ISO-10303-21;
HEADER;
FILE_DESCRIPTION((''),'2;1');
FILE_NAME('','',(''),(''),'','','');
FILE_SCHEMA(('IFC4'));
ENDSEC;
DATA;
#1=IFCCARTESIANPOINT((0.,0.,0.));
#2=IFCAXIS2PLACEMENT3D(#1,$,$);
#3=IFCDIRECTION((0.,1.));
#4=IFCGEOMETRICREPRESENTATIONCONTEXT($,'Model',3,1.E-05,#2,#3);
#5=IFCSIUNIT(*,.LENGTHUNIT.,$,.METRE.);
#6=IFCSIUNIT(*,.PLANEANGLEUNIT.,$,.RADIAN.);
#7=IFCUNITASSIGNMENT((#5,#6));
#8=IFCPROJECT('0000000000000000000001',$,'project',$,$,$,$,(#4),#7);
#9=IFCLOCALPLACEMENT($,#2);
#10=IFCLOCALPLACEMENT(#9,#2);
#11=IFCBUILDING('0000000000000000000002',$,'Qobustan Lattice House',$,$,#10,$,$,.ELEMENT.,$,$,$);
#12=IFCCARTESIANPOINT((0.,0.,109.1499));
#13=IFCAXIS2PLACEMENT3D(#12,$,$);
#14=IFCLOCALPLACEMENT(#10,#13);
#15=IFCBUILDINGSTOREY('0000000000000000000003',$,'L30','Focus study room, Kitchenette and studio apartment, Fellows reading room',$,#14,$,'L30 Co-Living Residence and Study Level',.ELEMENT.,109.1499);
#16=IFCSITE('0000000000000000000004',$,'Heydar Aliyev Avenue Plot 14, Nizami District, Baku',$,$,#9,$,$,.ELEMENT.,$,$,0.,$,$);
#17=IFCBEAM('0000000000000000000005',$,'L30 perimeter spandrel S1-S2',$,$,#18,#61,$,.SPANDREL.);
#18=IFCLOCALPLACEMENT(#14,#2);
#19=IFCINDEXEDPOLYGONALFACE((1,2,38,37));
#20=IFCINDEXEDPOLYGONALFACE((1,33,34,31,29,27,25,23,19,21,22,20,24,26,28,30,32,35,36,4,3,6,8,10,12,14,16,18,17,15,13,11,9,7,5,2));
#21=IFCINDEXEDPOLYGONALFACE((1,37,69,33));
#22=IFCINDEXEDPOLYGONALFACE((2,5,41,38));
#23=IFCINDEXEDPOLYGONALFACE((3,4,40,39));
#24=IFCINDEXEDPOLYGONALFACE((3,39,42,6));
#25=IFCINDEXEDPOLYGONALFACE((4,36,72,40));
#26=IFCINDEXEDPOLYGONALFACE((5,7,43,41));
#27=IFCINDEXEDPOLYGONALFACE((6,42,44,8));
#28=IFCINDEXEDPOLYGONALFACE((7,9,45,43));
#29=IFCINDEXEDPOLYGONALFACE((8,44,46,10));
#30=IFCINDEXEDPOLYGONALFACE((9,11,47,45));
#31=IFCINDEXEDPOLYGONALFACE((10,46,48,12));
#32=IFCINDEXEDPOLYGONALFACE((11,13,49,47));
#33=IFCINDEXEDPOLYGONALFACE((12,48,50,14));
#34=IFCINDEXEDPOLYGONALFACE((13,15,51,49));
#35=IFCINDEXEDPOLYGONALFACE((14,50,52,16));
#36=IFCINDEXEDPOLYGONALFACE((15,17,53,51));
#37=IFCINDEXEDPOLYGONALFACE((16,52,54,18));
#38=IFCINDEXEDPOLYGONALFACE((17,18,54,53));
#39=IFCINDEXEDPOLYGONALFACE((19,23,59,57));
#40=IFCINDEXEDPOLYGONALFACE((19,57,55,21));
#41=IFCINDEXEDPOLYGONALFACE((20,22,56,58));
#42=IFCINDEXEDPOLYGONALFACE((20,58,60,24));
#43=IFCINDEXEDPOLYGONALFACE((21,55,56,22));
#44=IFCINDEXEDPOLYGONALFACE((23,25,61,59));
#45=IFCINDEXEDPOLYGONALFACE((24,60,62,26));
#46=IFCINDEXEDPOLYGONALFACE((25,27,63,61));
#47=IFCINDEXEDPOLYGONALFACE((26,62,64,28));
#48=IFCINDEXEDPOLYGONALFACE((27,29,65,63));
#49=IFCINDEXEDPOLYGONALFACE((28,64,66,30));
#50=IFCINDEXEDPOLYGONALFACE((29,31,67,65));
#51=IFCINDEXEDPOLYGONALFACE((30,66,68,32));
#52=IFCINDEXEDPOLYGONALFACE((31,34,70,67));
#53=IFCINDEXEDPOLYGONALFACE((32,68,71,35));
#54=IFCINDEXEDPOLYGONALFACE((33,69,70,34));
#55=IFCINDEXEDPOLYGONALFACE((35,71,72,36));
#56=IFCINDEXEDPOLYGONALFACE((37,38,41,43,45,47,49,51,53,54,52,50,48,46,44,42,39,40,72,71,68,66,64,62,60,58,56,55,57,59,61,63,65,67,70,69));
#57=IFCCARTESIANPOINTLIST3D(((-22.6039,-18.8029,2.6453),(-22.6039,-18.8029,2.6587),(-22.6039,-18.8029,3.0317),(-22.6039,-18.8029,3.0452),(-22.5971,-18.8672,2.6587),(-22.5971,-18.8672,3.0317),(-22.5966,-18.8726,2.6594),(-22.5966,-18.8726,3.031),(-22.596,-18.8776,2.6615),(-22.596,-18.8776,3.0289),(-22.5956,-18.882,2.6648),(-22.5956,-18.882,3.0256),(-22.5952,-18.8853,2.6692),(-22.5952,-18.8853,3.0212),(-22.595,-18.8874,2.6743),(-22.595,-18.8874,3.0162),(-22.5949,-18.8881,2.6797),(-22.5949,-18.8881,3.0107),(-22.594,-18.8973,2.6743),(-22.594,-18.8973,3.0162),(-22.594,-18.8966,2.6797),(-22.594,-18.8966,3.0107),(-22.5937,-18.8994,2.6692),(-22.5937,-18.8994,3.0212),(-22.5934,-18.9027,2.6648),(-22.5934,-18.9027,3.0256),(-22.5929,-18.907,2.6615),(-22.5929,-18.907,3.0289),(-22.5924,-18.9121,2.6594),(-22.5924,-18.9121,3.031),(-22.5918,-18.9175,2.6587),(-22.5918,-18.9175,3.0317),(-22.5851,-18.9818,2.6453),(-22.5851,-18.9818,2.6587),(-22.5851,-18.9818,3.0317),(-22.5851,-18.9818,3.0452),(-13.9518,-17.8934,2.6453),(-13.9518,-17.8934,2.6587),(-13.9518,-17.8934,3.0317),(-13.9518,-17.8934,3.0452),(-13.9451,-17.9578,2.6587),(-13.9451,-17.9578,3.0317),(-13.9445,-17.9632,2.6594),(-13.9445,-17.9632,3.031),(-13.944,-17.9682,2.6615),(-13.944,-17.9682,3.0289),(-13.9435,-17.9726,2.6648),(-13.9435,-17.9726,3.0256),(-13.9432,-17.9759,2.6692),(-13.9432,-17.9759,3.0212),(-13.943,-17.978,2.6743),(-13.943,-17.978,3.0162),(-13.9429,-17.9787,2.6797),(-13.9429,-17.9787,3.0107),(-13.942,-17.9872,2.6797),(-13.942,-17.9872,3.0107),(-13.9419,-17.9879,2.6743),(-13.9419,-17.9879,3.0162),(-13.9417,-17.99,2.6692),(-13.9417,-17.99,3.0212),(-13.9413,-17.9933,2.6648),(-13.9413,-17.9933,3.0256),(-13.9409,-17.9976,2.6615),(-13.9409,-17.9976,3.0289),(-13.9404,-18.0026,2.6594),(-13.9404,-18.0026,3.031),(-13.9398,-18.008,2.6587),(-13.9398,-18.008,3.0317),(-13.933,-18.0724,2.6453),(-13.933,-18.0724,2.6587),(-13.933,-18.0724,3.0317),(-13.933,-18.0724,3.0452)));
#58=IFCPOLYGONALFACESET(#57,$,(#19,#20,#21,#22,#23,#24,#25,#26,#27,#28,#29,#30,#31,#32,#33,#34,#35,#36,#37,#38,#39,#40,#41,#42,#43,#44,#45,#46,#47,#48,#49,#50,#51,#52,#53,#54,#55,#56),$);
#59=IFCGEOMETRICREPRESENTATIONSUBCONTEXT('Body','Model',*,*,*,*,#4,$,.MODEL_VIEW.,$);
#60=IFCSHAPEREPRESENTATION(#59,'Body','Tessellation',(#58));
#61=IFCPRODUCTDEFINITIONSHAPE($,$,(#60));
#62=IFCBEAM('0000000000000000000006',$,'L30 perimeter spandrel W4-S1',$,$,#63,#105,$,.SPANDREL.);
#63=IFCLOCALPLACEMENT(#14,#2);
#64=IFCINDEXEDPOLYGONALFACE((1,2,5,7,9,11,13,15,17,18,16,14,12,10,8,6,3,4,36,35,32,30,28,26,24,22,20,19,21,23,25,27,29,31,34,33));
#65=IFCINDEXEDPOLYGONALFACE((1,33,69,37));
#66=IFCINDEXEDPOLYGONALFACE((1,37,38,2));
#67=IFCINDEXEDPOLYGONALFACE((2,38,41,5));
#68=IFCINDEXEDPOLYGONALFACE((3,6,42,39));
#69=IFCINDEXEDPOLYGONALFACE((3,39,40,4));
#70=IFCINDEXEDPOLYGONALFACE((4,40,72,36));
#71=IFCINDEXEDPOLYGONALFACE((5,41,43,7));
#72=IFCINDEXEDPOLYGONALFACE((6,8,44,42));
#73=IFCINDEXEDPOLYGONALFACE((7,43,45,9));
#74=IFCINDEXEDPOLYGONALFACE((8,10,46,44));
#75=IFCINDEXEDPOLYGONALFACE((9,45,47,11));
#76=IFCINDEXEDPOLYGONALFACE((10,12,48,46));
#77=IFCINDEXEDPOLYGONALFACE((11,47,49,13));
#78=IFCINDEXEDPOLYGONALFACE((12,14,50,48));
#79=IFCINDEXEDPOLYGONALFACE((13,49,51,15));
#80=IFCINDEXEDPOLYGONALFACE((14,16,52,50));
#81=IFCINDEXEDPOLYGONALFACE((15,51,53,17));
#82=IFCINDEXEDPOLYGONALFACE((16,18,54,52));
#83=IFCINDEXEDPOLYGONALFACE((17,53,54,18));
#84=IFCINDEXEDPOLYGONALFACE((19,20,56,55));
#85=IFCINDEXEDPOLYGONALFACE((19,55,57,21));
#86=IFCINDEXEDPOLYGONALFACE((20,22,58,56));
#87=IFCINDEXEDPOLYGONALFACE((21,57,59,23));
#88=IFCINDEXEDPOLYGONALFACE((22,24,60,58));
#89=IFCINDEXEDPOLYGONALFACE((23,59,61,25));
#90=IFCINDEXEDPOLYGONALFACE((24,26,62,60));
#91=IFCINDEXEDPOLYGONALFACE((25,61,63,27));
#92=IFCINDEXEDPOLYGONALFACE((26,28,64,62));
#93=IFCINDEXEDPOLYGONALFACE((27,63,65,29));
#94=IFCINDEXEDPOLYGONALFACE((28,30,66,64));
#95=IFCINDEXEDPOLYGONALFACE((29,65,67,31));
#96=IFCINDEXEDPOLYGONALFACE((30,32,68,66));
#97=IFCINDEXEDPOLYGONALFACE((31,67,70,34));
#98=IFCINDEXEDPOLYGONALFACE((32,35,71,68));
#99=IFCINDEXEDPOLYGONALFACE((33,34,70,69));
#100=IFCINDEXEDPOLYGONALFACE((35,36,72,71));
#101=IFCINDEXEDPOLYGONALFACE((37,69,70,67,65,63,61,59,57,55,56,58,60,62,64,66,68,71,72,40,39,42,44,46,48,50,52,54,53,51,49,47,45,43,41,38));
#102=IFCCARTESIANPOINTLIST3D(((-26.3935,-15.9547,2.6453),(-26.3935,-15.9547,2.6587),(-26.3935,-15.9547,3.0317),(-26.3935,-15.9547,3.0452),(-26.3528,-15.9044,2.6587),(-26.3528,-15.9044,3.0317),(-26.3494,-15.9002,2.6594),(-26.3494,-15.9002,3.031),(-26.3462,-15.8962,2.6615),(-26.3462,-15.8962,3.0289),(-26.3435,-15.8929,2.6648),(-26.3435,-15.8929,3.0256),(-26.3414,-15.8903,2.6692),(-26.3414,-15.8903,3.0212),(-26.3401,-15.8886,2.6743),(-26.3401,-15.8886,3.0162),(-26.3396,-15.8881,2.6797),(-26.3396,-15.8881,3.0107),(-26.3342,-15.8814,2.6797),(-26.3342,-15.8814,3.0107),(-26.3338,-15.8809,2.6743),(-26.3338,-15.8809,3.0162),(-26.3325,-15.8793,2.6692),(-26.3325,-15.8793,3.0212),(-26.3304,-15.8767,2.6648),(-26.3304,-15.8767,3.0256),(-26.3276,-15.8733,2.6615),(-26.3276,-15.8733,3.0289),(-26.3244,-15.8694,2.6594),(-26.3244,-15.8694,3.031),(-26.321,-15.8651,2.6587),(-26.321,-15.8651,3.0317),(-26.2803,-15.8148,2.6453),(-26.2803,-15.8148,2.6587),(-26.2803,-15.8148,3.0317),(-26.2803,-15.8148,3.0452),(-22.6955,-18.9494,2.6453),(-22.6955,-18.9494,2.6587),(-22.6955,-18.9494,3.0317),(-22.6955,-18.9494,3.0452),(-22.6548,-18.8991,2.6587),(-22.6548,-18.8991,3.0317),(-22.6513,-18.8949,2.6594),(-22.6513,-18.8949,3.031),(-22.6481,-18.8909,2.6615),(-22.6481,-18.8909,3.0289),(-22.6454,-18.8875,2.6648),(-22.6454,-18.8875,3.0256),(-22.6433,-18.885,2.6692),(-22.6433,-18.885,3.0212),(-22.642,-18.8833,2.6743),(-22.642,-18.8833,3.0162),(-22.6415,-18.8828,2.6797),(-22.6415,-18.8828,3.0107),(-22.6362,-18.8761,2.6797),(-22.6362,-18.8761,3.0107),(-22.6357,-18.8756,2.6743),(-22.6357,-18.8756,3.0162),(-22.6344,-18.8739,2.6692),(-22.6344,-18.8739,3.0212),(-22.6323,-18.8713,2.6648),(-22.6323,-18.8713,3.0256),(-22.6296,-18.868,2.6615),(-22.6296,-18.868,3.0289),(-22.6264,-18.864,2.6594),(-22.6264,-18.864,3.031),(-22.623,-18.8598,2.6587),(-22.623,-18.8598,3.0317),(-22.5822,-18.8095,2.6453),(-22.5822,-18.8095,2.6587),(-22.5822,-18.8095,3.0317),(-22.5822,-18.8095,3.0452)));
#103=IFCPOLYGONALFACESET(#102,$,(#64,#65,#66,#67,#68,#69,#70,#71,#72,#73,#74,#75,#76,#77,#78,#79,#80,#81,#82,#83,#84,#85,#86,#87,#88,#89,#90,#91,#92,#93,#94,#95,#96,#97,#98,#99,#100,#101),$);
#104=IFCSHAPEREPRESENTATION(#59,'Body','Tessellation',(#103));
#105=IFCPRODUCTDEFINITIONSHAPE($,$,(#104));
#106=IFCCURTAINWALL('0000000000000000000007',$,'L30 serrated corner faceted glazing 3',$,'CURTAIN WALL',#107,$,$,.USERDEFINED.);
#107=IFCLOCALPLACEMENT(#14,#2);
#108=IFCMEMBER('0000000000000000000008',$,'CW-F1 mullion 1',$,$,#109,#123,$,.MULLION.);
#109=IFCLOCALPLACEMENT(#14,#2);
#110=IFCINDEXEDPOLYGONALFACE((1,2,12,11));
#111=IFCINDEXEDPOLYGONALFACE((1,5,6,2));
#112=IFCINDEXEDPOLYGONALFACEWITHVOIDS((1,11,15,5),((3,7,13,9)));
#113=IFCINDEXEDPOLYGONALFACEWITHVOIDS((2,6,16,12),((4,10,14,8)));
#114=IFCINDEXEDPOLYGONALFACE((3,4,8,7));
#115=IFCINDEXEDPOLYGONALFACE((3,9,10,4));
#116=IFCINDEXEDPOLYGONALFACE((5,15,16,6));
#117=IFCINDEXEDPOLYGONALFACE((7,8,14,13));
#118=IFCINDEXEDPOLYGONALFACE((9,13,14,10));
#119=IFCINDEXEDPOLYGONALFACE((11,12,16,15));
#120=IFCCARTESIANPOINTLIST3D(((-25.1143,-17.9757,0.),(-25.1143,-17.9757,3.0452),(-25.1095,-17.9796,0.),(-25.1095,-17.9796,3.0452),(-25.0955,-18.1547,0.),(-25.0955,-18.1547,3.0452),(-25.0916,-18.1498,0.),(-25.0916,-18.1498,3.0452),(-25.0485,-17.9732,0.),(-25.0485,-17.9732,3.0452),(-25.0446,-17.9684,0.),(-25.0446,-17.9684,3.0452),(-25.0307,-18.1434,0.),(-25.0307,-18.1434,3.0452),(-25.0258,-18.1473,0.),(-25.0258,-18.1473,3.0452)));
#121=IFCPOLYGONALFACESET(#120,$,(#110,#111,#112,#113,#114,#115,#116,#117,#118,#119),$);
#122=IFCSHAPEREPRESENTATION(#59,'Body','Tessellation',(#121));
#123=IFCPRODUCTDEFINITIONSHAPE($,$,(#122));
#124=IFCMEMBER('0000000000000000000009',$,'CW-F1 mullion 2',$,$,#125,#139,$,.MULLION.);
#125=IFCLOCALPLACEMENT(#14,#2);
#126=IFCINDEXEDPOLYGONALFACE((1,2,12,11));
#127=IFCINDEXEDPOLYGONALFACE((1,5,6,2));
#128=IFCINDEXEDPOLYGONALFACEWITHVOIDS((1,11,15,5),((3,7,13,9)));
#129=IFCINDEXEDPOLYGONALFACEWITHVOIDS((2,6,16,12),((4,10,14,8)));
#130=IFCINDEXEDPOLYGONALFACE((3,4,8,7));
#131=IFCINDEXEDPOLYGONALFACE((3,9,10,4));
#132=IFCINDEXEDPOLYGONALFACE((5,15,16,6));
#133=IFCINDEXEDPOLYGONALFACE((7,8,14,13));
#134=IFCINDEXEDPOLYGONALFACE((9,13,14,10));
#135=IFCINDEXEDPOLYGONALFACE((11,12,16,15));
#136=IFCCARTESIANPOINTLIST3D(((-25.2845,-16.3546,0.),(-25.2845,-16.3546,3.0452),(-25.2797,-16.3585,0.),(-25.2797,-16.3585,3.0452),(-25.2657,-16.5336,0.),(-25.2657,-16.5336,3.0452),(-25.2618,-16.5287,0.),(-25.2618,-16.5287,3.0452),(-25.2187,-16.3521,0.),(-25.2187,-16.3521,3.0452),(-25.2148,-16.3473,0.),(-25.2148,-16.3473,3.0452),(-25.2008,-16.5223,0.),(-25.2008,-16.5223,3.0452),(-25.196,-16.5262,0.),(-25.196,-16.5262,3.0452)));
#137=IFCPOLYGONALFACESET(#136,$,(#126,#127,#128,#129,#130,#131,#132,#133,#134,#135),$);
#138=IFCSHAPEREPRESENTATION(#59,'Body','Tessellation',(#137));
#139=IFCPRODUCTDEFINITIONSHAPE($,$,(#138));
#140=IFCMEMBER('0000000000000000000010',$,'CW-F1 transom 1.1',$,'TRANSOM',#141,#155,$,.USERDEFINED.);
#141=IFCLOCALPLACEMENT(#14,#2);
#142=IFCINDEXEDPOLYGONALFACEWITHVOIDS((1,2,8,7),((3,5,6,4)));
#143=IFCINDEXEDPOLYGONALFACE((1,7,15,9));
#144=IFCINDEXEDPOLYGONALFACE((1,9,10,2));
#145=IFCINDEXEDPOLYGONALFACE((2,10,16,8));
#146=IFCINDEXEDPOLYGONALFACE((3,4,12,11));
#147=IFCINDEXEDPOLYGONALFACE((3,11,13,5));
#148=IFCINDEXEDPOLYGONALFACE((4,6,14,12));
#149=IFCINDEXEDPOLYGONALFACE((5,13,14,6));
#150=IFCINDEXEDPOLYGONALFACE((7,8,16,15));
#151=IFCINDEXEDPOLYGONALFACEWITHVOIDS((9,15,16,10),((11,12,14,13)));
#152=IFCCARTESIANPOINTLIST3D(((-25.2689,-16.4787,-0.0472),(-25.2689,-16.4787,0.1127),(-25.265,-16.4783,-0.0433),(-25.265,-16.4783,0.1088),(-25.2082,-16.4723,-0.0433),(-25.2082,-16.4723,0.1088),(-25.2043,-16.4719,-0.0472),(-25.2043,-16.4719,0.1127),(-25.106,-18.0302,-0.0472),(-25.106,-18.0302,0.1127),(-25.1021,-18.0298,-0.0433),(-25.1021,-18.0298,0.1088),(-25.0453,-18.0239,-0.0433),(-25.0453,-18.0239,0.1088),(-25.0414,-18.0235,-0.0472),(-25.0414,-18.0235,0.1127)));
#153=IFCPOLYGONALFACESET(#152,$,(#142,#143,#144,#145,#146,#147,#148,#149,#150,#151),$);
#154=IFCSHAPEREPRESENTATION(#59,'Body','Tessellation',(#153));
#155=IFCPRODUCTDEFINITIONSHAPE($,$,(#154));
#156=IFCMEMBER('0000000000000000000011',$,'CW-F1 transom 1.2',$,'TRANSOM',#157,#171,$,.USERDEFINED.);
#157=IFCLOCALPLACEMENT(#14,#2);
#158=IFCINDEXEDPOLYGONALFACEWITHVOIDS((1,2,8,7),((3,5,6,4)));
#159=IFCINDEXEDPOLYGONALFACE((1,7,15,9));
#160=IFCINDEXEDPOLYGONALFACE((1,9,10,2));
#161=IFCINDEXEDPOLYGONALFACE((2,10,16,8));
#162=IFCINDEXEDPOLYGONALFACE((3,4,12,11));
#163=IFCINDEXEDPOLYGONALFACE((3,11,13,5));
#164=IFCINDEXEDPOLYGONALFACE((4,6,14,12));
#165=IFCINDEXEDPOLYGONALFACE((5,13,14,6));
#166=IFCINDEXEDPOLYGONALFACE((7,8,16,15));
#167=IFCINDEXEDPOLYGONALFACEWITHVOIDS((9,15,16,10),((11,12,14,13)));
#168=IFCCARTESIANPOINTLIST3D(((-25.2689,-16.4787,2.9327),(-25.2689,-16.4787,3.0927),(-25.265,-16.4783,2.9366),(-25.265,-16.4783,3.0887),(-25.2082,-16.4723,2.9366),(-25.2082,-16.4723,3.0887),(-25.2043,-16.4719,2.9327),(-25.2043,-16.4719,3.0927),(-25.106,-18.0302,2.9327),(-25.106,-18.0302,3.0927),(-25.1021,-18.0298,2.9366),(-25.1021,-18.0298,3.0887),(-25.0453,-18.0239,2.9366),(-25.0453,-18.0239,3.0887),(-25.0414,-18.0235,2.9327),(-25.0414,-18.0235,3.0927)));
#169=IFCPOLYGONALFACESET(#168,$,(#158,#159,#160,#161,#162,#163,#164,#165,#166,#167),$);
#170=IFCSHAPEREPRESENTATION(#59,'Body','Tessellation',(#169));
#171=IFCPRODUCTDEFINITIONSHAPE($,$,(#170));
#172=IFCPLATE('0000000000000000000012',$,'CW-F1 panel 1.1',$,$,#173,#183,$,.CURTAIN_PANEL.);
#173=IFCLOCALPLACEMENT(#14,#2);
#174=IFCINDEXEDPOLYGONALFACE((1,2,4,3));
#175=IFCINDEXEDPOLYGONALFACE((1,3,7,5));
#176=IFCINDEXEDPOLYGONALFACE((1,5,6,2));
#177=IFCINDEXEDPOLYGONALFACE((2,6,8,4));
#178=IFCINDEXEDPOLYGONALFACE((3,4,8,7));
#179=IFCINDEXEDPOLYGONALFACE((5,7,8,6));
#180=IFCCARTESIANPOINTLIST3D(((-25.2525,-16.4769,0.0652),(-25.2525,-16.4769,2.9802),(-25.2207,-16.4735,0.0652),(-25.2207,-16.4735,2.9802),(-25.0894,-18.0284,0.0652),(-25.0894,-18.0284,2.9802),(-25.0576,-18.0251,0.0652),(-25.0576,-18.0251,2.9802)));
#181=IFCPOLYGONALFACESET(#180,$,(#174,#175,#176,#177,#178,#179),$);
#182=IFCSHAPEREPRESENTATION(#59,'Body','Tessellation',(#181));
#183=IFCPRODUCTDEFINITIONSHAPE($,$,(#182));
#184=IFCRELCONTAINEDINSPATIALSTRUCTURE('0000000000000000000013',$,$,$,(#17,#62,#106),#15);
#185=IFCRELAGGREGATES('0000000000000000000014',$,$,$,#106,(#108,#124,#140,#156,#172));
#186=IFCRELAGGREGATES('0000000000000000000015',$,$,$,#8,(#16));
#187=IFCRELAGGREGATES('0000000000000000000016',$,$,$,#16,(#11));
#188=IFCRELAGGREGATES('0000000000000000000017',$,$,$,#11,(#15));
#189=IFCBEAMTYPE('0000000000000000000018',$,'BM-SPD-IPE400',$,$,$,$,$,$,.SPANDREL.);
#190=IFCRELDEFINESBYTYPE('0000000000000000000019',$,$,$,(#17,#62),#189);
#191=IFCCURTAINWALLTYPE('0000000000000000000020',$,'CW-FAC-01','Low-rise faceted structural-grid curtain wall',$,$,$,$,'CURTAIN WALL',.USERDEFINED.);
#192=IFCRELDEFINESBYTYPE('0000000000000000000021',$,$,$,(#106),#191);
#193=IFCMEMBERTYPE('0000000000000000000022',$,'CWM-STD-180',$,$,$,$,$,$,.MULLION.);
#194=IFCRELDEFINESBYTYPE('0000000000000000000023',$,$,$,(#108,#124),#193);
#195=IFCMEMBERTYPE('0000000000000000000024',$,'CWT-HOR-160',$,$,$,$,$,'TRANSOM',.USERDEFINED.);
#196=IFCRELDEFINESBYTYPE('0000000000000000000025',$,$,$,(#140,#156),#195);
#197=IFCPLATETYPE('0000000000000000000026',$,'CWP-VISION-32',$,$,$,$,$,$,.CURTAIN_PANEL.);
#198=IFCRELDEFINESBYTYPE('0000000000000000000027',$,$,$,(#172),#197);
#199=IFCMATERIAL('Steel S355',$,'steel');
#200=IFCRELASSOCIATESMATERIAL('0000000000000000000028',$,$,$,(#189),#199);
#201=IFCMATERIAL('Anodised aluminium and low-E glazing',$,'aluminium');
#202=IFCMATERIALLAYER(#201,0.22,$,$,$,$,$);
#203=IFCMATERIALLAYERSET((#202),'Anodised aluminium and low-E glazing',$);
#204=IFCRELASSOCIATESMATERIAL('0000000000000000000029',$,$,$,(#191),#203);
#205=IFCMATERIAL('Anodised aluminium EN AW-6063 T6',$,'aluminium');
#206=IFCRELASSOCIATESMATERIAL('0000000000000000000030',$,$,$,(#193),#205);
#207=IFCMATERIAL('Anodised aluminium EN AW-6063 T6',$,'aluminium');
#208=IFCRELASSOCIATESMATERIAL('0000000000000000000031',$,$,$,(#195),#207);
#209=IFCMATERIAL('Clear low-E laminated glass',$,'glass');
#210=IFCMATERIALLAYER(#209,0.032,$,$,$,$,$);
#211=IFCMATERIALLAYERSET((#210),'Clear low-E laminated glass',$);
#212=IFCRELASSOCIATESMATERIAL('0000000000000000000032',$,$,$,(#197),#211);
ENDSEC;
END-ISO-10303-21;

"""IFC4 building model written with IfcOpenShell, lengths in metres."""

from ifc_helpers import new_model, si_unit, direction, frame, origin, origin_2d, place, context, subcontext, project, spatial, rectangle, hollow_rectangle, i_section, extrude, material, layer, layer_set, material_profile, profile_set, type_object, element, aggregate, save


model = new_model("IFC4")

# Units and contexts
model_context = context("Model", 3, precision=1e-05, world=origin(), true_north=direction((0.0, 1.0)))
body_context = subcontext(model_context, "Body", "Model", "MODEL_VIEW")
ifc_project = project(units=[si_unit("LENGTHUNIT", "METRE"), si_unit("PLANEANGLEUNIT", "RADIAN")], contexts=[model_context])

# Site, building, storey
site_placement = place(None, origin())
site = spatial("IfcSite", under=ifc_project, at=site_placement, Name="Heydar Aliyev Avenue Plot 14, Nizami District, Baku", CompositionType="ELEMENT", RefElevation=0.0)
building_placement = place(site_placement, origin())
building = spatial("IfcBuilding", under=site, at=building_placement, Name="Qobustan Lattice House", CompositionType="ELEMENT")
storey_placement = place(building_placement, frame((0.0, 0.0, 109.1499)))
storey = spatial("IfcBuildingStorey", under=building, at=storey_placement, Name="L30", Description="Focus study room, Kitchenette and studio apartment, Fellows reading room", LongName="L30 Co-Living Residence and Study Level", CompositionType="ELEMENT", Elevation=109.1499)

# Beams
ifc_material_1 = material(Name="Steel S355", Category="steel")
ifc_material_profile_1 = material_profile(ifc_material_1, i_section(OverallWidth=0.1799, OverallDepth=0.3999, WebThickness=0.0085, FlangeThickness=0.0134, FilletRadius=0.021, at=origin_2d()), Name="IPE400")
ifc_profile_set_1 = profile_set([ifc_material_profile_1], Name="Steel S355")
beam_type_1 = type_object("IfcBeamType", Name="BM-SPD-IPE400", PredefinedType="SPANDREL", material=ifc_profile_set_1)
beam_1_placement = place(storey_placement, frame((-22.5945, -18.8923, 2.8452), z_axis=(0.994521, 0.104534, 0.0), x_axis=(-0.104534, 0.994521, 0.0)))
element("IfcBeam", 1, at=beam_1_placement, inside=storey, type_object=beam_type_1, Name="L30 perimeter spandrel S1-S2", PredefinedType="SPANDREL", context=body_context, shape_type="SweptSolid", body=[
    extrude(i_section(OverallWidth=0.1799, OverallDepth=0.3999, WebThickness=0.0085, FlangeThickness=0.0134, FilletRadius=0.021, at=origin_2d()), origin(), (0.0, 0.0, 1.0), 8.6997),
])
beam_2_placement = place(storey_placement, frame((-26.3369, -15.8848, 2.8452), z_axis=(0.777141, -0.629327, 0.0), x_axis=(0.629327, 0.777141, 0.0)))
element("IfcBeam", 2, at=beam_2_placement, inside=storey, type_object=beam_type_1, Name="L30 perimeter spandrel W4-S1", PredefinedType="SPANDREL", context=body_context, shape_type="SweptSolid", body=[
    extrude(i_section(OverallWidth=0.1799, OverallDepth=0.3999, WebThickness=0.0085, FlangeThickness=0.0134, FilletRadius=0.021, at=origin_2d()), origin(), (0.0, 0.0, 1.0), 4.7585),
])

# Curtain wall, members, plate
ifc_material_2 = material(Name="Anodised aluminium and low-E glazing", Category="aluminium")
ifc_layer_1 = layer(ifc_material_2, 0.22)
ifc_layer_set_1 = layer_set([ifc_layer_1], Name="Anodised aluminium and low-E glazing")
curtain_wall_type = type_object("IfcCurtainWallType", Name="CW-FAC-01", Description="Low-rise faceted structural-grid curtain wall", ElementType="CURTAIN WALL", PredefinedType="USERDEFINED", material=ifc_layer_set_1)
curtain_wall_placement = place(storey_placement, origin())
curtain_wall = element("IfcCurtainWall", 3, at=curtain_wall_placement, inside=storey, type_object=curtain_wall_type, Name="L30 serrated corner faceted glazing 3", ObjectType="CURTAIN WALL", PredefinedType="USERDEFINED")
ifc_material_3 = material(Name="Anodised aluminium EN AW-6063 T6", Category="aluminium")
ifc_material_profile_2 = material_profile(ifc_material_3, hollow_rectangle(XDim=0.0701, YDim=0.1799, WallThickness=0.0044, at=origin_2d()), Name="CWM-180x70")
ifc_profile_set_2 = profile_set([ifc_material_profile_2], Name="Anodised aluminium EN AW-6063 T6")
member_type_1 = type_object("IfcMemberType", Name="CWM-STD-180", PredefinedType="MULLION", material=ifc_profile_set_2)
member_1_placement = place(storey_placement, frame((-25.0701, -18.0615, 0.0), z_axis=(0.0, 0.0, 1.0), x_axis=(-0.994522, -0.104529, 0.0)))
member_1 = element("IfcMember", 4, at=member_1_placement, type_object=member_type_1, Name="CW-F1 mullion 1", PredefinedType="MULLION", context=body_context, shape_type="SweptSolid", body=[
    extrude(hollow_rectangle(XDim=0.0701, YDim=0.1799, WallThickness=0.0044, at=origin_2d()), origin(), (0.0, 0.0, 1.0), 3.0452),
])
member_2_placement = place(storey_placement, frame((-25.2402, -16.4404, 0.0), z_axis=(0.0, 0.0, 1.0), x_axis=(-0.994522, -0.104529, 0.0)))
member_2 = element("IfcMember", 5, at=member_2_placement, type_object=member_type_1, Name="CW-F1 mullion 2", PredefinedType="MULLION", context=body_context, shape_type="SweptSolid", body=[
    extrude(hollow_rectangle(XDim=0.0701, YDim=0.1799, WallThickness=0.0044, at=origin_2d()), origin(), (0.0, 0.0, 1.0), 3.0452),
])
ifc_material_4 = material(Name="Anodised aluminium EN AW-6063 T6", Category="aluminium")
ifc_material_profile_3 = material_profile(ifc_material_4, hollow_rectangle(XDim=0.0649, YDim=0.1599, WallThickness=0.0039, at=origin_2d()), Name="CWT-160x65")
ifc_profile_set_3 = profile_set([ifc_material_profile_3], Name="Anodised aluminium EN AW-6063 T6")
member_type_2 = type_object("IfcMemberType", Name="CWT-HOR-160", ElementType="TRANSOM", PredefinedType="USERDEFINED", material=ifc_profile_set_3)
member_3_placement = place(storey_placement, frame((-25.0737, -18.0269, 0.0327), z_axis=(-0.104383, 0.994537, 0.0), x_axis=(-0.994537, -0.104383, 0.0)))
member_3 = element("IfcMember", 6, at=member_3_placement, type_object=member_type_2, Name="CW-F1 transom 1.1", ObjectType="TRANSOM", PredefinedType="USERDEFINED", context=body_context, shape_type="SweptSolid", body=[
    extrude(hollow_rectangle(XDim=0.0649, YDim=0.1599, WallThickness=0.0039, at=origin_2d()), origin(), (0.0, 0.0, 1.0), 1.5601),
])
member_4_placement = place(storey_placement, frame((-25.0737, -18.0269, 3.0127), z_axis=(-0.104383, 0.994537, 0.0), x_axis=(-0.994537, -0.104383, 0.0)))
member_4 = element("IfcMember", 7, at=member_4_placement, type_object=member_type_2, Name="CW-F1 transom 1.2", ObjectType="TRANSOM", PredefinedType="USERDEFINED", context=body_context, shape_type="SweptSolid", body=[
    extrude(hollow_rectangle(XDim=0.0649, YDim=0.1599, WallThickness=0.0039, at=origin_2d()), origin(), (0.0, 0.0, 1.0), 1.5601),
])
ifc_material_5 = material(Name="Clear low-E laminated glass", Category="glass")
ifc_layer_2 = layer(ifc_material_5, 0.032)
ifc_layer_set_2 = layer_set([ifc_layer_2], Name="Clear low-E laminated glass")
plate_type = type_object("IfcPlateType", Name="CWP-VISION-32", PredefinedType="CURTAIN_PANEL", material=ifc_layer_set_2)
plate_placement = place(storey_placement, frame((-25.155, -17.251, 0.0652), z_axis=(0.0, 0.0, 1.0), x_axis=(-0.104529, 0.994522, 0.0)))
plate = element("IfcPlate", 8, at=plate_placement, type_object=plate_type, Name="CW-F1 panel 1.1", PredefinedType="CURTAIN_PANEL", context=body_context, shape_type="SweptSolid", body=[
    extrude(rectangle(XDim=1.5601, YDim=0.032, at=origin_2d()), origin(), (0.0, 0.0, 1.0), 2.915),
])
aggregate(curtain_wall, [member_1, member_2, member_3, member_4, plate])

save(model, "model.ifc")
